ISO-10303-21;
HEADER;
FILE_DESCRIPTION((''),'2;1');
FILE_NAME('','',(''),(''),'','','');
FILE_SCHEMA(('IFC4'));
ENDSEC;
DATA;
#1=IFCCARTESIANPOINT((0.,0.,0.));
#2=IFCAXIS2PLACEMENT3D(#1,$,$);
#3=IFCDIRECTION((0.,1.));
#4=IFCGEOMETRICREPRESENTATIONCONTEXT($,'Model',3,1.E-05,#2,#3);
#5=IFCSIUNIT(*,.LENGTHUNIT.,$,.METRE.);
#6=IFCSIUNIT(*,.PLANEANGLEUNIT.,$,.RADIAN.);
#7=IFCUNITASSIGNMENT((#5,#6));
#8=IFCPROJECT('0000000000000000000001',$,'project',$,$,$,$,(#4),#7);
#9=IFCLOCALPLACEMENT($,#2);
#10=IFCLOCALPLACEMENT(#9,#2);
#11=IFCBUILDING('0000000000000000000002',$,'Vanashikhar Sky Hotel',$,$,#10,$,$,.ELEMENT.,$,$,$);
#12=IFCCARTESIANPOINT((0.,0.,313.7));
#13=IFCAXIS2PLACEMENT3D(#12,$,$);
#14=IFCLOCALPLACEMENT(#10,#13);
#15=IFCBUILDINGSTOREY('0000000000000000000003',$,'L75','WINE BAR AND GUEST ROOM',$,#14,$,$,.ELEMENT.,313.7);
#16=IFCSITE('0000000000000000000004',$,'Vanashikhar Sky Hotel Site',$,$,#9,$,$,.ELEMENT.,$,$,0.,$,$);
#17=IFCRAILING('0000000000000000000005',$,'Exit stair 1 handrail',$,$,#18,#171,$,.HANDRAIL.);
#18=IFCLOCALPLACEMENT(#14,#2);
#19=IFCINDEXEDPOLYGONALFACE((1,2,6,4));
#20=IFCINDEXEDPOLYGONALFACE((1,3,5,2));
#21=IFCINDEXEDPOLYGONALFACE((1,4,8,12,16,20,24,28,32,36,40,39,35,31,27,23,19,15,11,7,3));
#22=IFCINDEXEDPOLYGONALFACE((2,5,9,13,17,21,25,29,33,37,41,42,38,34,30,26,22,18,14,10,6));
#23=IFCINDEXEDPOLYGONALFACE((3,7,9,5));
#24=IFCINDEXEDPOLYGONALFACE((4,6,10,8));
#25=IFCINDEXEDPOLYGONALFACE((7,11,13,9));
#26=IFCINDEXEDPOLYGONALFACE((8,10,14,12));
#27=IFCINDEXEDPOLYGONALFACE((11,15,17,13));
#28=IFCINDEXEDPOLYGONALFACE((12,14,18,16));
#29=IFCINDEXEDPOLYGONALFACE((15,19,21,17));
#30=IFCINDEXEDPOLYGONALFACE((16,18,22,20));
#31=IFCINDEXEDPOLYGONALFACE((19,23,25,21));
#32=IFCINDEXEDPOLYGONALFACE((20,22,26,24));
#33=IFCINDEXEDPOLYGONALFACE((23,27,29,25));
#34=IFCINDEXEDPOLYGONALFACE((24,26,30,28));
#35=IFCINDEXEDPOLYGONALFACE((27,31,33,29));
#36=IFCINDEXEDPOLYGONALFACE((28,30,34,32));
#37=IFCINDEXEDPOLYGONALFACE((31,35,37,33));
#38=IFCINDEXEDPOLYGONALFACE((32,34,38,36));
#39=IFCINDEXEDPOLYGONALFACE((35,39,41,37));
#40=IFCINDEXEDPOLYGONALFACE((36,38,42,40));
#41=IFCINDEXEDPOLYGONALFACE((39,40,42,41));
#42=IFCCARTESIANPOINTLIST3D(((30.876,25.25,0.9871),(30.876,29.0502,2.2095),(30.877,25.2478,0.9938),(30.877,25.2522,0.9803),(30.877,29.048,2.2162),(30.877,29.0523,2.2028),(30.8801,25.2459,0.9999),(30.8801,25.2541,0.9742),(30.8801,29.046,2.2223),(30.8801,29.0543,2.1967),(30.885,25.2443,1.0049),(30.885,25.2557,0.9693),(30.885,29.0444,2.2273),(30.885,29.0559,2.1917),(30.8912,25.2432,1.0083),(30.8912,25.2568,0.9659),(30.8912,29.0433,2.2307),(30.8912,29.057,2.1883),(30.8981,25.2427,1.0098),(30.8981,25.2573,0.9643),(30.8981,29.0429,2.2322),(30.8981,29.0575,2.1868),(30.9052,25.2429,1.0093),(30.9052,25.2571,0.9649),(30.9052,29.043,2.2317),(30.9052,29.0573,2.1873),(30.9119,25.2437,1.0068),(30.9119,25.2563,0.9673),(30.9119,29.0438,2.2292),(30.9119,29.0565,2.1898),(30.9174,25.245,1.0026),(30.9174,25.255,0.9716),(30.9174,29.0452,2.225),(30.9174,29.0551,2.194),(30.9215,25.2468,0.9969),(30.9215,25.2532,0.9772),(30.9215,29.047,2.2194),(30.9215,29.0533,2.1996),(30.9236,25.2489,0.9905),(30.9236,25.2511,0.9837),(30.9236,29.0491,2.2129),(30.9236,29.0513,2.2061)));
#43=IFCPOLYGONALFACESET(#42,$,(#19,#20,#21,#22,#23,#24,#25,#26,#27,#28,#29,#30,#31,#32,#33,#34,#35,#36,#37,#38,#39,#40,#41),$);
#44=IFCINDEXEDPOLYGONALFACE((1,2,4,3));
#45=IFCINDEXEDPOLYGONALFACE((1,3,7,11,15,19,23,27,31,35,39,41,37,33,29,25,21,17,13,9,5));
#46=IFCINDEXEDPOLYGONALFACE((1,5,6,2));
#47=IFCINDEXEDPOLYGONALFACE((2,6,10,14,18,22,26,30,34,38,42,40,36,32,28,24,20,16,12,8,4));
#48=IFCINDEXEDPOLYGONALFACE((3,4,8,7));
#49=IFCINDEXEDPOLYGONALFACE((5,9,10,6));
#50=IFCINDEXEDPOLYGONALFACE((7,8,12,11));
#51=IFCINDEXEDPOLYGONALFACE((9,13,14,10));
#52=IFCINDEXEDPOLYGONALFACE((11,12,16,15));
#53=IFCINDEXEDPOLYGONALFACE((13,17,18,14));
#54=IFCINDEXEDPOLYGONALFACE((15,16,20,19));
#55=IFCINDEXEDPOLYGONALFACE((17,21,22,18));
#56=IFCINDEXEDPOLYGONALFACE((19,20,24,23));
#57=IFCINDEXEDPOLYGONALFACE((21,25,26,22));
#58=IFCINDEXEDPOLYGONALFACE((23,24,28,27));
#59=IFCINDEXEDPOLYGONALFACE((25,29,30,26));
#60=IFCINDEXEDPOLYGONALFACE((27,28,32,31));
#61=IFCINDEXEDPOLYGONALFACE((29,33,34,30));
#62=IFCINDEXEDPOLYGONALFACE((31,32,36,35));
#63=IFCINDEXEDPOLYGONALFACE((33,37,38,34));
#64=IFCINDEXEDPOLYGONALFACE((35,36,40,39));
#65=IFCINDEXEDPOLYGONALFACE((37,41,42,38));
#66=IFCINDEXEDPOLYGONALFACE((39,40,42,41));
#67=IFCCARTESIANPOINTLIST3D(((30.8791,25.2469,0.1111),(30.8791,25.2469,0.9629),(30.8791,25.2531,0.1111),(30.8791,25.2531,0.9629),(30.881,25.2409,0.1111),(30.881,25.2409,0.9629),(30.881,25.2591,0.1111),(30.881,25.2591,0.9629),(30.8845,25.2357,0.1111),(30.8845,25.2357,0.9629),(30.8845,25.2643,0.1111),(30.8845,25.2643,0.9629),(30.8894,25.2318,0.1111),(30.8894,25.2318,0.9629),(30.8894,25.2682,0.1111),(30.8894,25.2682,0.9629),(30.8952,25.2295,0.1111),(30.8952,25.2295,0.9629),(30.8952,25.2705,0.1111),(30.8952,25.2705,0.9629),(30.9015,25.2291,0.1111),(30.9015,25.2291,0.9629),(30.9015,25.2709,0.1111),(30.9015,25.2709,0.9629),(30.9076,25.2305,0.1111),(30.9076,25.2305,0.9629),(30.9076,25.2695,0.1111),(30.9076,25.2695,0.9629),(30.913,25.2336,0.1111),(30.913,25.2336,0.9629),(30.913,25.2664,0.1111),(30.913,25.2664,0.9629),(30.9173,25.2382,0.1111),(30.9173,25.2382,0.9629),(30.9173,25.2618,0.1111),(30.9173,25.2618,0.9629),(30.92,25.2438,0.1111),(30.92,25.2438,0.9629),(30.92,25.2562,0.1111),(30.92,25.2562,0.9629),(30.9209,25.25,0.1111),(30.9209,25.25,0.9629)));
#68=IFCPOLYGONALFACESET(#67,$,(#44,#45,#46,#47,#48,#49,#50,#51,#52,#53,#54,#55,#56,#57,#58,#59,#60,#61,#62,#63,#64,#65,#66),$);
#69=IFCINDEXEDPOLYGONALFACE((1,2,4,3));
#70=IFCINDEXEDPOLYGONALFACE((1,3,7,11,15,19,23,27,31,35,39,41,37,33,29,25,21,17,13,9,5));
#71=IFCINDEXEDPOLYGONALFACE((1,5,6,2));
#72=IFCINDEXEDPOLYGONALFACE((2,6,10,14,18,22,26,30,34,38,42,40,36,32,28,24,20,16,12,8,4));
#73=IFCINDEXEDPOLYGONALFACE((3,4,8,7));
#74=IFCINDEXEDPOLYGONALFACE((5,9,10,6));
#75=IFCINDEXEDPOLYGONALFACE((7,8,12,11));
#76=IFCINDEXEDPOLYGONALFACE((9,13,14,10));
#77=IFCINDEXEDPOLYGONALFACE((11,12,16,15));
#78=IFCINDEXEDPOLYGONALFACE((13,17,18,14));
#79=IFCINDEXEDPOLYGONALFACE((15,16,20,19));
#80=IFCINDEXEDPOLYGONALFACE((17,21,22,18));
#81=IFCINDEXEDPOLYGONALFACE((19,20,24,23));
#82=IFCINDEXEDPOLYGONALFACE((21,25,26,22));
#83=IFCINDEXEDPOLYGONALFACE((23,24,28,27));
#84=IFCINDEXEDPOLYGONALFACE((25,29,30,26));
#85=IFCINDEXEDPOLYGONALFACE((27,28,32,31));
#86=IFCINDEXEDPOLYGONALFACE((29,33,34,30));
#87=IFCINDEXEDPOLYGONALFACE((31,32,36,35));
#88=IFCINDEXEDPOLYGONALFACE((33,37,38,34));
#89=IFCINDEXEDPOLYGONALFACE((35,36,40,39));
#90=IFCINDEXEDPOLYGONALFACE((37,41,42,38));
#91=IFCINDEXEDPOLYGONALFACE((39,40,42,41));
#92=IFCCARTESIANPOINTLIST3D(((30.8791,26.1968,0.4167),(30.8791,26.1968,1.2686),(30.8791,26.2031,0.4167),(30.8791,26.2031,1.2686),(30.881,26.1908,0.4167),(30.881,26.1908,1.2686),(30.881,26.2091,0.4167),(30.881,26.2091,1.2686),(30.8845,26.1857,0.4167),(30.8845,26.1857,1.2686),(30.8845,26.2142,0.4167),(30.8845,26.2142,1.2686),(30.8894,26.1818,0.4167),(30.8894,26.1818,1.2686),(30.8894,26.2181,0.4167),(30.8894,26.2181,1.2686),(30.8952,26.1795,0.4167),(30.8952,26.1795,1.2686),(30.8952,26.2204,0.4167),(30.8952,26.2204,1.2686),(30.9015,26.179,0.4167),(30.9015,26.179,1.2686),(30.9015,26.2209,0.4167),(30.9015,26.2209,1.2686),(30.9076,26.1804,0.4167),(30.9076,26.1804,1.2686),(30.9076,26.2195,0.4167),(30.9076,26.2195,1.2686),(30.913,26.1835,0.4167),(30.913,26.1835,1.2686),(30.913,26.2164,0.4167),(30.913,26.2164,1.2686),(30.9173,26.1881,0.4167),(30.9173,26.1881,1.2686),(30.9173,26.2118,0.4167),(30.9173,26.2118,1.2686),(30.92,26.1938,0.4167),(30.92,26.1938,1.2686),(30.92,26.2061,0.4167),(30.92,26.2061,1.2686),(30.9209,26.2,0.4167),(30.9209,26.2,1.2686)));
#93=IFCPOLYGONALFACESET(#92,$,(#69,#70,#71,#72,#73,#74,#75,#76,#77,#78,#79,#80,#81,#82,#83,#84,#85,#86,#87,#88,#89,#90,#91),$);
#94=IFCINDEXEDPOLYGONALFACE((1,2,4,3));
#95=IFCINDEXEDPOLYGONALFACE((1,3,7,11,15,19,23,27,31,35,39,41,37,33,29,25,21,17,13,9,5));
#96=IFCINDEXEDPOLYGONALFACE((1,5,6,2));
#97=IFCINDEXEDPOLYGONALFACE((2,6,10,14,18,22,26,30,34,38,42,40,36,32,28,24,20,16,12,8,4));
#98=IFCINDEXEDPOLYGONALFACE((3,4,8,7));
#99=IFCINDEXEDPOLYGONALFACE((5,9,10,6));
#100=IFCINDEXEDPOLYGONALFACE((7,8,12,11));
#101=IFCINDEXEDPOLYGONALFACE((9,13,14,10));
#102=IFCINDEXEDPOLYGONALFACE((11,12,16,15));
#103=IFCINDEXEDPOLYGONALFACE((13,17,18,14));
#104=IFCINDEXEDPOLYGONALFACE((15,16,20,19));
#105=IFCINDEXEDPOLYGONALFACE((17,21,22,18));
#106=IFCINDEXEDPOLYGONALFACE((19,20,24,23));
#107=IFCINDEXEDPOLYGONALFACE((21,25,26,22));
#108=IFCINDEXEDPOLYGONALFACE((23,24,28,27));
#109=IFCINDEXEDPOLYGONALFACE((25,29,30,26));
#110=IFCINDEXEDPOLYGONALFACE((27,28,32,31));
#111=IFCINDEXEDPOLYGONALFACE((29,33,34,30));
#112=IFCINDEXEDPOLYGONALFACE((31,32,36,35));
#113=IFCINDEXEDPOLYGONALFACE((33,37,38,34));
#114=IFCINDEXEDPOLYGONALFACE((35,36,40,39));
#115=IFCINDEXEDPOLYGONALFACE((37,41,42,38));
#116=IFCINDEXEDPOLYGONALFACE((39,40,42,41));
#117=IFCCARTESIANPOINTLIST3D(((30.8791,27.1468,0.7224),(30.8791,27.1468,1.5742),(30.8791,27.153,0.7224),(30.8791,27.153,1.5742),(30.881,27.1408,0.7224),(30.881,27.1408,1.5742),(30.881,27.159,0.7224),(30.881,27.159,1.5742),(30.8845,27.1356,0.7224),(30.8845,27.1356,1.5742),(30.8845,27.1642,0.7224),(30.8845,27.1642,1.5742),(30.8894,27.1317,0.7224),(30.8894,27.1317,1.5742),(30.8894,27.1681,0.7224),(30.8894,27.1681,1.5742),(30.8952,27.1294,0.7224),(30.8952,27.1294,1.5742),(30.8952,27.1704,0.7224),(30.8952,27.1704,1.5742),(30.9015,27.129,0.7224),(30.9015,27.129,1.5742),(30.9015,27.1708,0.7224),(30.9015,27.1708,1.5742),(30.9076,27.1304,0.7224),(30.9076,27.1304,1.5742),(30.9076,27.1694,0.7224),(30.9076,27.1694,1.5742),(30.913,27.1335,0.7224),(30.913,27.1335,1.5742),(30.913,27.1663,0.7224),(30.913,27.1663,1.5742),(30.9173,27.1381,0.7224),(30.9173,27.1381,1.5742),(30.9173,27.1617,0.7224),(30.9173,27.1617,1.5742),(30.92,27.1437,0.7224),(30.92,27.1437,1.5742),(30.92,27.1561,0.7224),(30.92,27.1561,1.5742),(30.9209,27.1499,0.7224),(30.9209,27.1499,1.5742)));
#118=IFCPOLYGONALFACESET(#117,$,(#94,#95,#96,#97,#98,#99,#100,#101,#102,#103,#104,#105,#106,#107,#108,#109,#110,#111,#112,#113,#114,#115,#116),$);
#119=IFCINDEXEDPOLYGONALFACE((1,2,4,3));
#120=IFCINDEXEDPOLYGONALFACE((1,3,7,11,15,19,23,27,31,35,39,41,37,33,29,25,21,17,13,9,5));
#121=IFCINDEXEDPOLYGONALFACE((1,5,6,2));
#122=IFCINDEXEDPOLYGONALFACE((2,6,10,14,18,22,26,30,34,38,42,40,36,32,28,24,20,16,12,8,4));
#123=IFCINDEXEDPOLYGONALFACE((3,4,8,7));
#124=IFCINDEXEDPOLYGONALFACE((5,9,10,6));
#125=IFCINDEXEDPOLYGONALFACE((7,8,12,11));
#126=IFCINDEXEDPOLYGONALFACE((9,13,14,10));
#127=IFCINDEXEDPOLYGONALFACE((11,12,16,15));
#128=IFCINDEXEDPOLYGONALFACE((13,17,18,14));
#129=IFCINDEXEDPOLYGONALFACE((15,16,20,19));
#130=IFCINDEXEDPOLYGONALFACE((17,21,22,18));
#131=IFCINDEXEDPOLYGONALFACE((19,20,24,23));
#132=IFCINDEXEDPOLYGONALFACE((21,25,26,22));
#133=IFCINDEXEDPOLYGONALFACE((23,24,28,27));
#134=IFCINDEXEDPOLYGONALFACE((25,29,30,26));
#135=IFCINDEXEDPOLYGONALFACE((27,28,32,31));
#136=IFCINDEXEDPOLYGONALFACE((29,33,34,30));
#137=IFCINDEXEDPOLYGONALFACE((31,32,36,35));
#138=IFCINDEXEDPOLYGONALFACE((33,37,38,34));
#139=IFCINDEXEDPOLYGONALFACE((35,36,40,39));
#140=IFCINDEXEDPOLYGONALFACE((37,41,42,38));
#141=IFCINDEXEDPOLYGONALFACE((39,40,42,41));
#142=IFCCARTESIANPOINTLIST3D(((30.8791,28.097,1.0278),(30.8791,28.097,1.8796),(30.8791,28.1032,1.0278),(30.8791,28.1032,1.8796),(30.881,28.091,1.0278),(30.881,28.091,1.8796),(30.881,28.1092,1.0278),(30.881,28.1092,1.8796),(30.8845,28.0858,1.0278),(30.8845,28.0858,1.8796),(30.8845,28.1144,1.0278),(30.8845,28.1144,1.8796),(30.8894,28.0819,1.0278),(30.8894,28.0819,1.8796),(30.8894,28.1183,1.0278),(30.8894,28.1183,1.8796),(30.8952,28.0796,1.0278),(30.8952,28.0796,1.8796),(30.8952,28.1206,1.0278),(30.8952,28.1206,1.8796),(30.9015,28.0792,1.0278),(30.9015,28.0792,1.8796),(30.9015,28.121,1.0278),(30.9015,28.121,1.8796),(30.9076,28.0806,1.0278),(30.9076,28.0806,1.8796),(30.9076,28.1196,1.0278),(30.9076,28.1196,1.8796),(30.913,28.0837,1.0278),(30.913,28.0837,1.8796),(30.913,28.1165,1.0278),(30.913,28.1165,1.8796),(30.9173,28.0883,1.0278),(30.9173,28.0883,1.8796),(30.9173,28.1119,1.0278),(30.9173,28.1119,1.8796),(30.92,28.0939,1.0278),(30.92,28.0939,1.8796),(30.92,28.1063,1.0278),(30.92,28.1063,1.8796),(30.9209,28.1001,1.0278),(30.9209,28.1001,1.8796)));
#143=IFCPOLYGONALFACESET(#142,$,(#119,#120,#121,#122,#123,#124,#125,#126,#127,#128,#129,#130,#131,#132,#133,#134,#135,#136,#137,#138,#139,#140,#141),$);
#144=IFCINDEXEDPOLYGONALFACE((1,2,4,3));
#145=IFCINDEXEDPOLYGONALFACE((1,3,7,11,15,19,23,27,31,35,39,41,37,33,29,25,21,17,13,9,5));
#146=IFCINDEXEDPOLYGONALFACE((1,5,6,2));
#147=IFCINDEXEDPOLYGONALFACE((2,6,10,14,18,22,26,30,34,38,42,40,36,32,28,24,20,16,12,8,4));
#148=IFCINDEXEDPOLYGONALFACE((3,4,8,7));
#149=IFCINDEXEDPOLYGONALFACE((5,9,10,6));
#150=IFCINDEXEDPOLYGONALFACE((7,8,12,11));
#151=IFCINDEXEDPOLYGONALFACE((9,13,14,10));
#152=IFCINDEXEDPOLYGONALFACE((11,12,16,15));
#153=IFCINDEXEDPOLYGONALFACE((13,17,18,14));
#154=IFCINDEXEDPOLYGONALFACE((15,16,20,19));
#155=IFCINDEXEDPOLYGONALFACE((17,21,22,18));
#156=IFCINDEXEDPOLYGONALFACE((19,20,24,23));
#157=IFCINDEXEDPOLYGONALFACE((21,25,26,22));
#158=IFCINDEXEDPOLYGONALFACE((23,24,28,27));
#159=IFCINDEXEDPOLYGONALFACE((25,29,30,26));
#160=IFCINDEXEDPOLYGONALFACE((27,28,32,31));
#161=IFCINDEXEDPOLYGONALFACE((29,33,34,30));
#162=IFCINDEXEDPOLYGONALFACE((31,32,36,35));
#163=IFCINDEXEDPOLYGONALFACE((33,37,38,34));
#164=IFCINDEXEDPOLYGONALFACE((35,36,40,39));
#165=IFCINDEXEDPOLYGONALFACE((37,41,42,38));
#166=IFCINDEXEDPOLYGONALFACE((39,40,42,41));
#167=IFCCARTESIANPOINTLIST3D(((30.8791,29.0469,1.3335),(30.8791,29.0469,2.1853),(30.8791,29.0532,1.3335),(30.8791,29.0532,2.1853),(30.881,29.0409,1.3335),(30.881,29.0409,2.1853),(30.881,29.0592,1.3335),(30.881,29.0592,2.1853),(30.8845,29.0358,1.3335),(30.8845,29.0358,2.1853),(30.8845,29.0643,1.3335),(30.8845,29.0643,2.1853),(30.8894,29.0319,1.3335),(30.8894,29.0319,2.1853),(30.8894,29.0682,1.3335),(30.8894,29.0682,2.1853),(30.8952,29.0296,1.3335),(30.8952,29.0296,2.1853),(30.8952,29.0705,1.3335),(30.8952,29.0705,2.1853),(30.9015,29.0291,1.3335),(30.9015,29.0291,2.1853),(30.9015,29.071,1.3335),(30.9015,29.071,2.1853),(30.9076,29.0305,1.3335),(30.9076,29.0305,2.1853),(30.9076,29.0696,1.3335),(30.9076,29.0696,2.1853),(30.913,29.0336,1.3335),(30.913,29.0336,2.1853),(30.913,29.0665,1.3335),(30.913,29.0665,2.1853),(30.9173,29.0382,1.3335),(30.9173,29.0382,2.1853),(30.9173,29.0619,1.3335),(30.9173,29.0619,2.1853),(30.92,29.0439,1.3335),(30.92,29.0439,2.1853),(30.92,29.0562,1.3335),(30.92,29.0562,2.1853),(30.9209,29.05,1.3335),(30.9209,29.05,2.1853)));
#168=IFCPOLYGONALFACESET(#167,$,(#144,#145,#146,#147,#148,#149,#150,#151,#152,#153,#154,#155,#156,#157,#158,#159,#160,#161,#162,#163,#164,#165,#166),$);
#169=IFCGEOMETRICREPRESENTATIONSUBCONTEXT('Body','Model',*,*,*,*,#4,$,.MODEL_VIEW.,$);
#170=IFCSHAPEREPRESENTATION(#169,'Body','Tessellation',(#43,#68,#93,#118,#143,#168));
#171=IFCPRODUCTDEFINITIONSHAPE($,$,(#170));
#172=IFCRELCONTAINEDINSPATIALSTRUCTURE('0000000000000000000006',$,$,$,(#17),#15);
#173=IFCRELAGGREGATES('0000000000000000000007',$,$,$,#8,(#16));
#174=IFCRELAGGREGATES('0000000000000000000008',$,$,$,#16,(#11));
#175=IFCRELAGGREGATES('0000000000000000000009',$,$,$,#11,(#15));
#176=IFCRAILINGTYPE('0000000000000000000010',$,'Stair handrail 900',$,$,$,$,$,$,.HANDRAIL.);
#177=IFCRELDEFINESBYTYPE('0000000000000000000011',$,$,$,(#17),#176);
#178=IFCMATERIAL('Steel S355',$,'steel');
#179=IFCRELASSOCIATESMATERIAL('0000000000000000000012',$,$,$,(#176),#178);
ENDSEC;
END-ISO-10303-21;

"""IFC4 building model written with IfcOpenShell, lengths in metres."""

from ifc_helpers import new_model, si_unit, direction, frame, origin, origin_2d, place, context, subcontext, project, spatial, circle, extrude, source, transform, mapped, material, type_object, element, save


model = new_model("IFC4")

# Units and contexts
model_context = context("Model", 3, precision=1e-05, world=origin(), true_north=direction((0.0, 1.0)))
body_context = subcontext(model_context, "Body", "Model", "MODEL_VIEW")
ifc_project = project(units=[si_unit("LENGTHUNIT", "METRE"), si_unit("PLANEANGLEUNIT", "RADIAN")], contexts=[model_context])

# Site, building, storey
site_placement = place(None, origin())
site = spatial("IfcSite", under=ifc_project, at=site_placement, Name="Vanashikhar Sky Hotel Site", CompositionType="ELEMENT", RefElevation=0.0)
building_placement = place(site_placement, origin())
building = spatial("IfcBuilding", under=site, at=building_placement, Name="Vanashikhar Sky Hotel", CompositionType="ELEMENT")
storey_placement = place(building_placement, frame((0.0, 0.0, 313.7)))
storey = spatial("IfcBuildingStorey", under=building, at=storey_placement, Name="L75", Description="WINE BAR AND GUEST ROOM", CompositionType="ELEMENT", Elevation=313.7)

# Railing
ifc_material_1 = material(Name="Steel S355", Category="steel")
railing_type_1 = type_object("IfcRailingType", Name="Stair handrail 900", PredefinedType="HANDRAIL", material=ifc_material_1)
shared_shape_1 = source(origin(), body_context, "Body", "SweptSolid", [
    extrude(circle(Radius=0.0239, at=origin_2d()), frame((0.0, 0.0, 0.876), z_axis=(0.0, 0.951958, 0.306229), x_axis=(-1.0, 0.0, 0.0)), (0.0, 0.0, 1.0), 3.9919),
    extrude(circle(Radius=0.021, at=origin_2d()), origin(), (0.0, 0.0, 1.0), 0.8518),
    extrude(circle(Radius=0.021, at=origin_2d()), frame((0.0, 0.95, 0.3057)), (0.0, 0.0, 1.0), 0.8518),
    extrude(circle(Radius=0.021, at=origin_2d()), frame((0.0, 1.8999, 0.6113)), (0.0, 0.0, 1.0), 0.8518),
    extrude(circle(Radius=0.021, at=origin_2d()), frame((0.0, 2.8501, 0.9167)), (0.0, 0.0, 1.0), 0.8518),
    extrude(circle(Radius=0.021, at=origin_2d()), frame((0.0, 3.8, 1.2224)), (0.0, 0.0, 1.0), 0.8518),
])
for number, where, name in (
    (1, (30.8999, 25.25, 0.1111), "Exit stair 1 handrail"),
):
    element("IfcRailing", number, at=place(storey_placement, frame(where)), inside=storey, type_object=railing_type_1, Name=name, PredefinedType="HANDRAIL", context=body_context, shape_type="MappedRepresentation", body=[
        mapped(shared_shape_1, transform((0.0, 0.0, 0.0), scale=1.0)),
    ])

save(model, "model.ifc")
